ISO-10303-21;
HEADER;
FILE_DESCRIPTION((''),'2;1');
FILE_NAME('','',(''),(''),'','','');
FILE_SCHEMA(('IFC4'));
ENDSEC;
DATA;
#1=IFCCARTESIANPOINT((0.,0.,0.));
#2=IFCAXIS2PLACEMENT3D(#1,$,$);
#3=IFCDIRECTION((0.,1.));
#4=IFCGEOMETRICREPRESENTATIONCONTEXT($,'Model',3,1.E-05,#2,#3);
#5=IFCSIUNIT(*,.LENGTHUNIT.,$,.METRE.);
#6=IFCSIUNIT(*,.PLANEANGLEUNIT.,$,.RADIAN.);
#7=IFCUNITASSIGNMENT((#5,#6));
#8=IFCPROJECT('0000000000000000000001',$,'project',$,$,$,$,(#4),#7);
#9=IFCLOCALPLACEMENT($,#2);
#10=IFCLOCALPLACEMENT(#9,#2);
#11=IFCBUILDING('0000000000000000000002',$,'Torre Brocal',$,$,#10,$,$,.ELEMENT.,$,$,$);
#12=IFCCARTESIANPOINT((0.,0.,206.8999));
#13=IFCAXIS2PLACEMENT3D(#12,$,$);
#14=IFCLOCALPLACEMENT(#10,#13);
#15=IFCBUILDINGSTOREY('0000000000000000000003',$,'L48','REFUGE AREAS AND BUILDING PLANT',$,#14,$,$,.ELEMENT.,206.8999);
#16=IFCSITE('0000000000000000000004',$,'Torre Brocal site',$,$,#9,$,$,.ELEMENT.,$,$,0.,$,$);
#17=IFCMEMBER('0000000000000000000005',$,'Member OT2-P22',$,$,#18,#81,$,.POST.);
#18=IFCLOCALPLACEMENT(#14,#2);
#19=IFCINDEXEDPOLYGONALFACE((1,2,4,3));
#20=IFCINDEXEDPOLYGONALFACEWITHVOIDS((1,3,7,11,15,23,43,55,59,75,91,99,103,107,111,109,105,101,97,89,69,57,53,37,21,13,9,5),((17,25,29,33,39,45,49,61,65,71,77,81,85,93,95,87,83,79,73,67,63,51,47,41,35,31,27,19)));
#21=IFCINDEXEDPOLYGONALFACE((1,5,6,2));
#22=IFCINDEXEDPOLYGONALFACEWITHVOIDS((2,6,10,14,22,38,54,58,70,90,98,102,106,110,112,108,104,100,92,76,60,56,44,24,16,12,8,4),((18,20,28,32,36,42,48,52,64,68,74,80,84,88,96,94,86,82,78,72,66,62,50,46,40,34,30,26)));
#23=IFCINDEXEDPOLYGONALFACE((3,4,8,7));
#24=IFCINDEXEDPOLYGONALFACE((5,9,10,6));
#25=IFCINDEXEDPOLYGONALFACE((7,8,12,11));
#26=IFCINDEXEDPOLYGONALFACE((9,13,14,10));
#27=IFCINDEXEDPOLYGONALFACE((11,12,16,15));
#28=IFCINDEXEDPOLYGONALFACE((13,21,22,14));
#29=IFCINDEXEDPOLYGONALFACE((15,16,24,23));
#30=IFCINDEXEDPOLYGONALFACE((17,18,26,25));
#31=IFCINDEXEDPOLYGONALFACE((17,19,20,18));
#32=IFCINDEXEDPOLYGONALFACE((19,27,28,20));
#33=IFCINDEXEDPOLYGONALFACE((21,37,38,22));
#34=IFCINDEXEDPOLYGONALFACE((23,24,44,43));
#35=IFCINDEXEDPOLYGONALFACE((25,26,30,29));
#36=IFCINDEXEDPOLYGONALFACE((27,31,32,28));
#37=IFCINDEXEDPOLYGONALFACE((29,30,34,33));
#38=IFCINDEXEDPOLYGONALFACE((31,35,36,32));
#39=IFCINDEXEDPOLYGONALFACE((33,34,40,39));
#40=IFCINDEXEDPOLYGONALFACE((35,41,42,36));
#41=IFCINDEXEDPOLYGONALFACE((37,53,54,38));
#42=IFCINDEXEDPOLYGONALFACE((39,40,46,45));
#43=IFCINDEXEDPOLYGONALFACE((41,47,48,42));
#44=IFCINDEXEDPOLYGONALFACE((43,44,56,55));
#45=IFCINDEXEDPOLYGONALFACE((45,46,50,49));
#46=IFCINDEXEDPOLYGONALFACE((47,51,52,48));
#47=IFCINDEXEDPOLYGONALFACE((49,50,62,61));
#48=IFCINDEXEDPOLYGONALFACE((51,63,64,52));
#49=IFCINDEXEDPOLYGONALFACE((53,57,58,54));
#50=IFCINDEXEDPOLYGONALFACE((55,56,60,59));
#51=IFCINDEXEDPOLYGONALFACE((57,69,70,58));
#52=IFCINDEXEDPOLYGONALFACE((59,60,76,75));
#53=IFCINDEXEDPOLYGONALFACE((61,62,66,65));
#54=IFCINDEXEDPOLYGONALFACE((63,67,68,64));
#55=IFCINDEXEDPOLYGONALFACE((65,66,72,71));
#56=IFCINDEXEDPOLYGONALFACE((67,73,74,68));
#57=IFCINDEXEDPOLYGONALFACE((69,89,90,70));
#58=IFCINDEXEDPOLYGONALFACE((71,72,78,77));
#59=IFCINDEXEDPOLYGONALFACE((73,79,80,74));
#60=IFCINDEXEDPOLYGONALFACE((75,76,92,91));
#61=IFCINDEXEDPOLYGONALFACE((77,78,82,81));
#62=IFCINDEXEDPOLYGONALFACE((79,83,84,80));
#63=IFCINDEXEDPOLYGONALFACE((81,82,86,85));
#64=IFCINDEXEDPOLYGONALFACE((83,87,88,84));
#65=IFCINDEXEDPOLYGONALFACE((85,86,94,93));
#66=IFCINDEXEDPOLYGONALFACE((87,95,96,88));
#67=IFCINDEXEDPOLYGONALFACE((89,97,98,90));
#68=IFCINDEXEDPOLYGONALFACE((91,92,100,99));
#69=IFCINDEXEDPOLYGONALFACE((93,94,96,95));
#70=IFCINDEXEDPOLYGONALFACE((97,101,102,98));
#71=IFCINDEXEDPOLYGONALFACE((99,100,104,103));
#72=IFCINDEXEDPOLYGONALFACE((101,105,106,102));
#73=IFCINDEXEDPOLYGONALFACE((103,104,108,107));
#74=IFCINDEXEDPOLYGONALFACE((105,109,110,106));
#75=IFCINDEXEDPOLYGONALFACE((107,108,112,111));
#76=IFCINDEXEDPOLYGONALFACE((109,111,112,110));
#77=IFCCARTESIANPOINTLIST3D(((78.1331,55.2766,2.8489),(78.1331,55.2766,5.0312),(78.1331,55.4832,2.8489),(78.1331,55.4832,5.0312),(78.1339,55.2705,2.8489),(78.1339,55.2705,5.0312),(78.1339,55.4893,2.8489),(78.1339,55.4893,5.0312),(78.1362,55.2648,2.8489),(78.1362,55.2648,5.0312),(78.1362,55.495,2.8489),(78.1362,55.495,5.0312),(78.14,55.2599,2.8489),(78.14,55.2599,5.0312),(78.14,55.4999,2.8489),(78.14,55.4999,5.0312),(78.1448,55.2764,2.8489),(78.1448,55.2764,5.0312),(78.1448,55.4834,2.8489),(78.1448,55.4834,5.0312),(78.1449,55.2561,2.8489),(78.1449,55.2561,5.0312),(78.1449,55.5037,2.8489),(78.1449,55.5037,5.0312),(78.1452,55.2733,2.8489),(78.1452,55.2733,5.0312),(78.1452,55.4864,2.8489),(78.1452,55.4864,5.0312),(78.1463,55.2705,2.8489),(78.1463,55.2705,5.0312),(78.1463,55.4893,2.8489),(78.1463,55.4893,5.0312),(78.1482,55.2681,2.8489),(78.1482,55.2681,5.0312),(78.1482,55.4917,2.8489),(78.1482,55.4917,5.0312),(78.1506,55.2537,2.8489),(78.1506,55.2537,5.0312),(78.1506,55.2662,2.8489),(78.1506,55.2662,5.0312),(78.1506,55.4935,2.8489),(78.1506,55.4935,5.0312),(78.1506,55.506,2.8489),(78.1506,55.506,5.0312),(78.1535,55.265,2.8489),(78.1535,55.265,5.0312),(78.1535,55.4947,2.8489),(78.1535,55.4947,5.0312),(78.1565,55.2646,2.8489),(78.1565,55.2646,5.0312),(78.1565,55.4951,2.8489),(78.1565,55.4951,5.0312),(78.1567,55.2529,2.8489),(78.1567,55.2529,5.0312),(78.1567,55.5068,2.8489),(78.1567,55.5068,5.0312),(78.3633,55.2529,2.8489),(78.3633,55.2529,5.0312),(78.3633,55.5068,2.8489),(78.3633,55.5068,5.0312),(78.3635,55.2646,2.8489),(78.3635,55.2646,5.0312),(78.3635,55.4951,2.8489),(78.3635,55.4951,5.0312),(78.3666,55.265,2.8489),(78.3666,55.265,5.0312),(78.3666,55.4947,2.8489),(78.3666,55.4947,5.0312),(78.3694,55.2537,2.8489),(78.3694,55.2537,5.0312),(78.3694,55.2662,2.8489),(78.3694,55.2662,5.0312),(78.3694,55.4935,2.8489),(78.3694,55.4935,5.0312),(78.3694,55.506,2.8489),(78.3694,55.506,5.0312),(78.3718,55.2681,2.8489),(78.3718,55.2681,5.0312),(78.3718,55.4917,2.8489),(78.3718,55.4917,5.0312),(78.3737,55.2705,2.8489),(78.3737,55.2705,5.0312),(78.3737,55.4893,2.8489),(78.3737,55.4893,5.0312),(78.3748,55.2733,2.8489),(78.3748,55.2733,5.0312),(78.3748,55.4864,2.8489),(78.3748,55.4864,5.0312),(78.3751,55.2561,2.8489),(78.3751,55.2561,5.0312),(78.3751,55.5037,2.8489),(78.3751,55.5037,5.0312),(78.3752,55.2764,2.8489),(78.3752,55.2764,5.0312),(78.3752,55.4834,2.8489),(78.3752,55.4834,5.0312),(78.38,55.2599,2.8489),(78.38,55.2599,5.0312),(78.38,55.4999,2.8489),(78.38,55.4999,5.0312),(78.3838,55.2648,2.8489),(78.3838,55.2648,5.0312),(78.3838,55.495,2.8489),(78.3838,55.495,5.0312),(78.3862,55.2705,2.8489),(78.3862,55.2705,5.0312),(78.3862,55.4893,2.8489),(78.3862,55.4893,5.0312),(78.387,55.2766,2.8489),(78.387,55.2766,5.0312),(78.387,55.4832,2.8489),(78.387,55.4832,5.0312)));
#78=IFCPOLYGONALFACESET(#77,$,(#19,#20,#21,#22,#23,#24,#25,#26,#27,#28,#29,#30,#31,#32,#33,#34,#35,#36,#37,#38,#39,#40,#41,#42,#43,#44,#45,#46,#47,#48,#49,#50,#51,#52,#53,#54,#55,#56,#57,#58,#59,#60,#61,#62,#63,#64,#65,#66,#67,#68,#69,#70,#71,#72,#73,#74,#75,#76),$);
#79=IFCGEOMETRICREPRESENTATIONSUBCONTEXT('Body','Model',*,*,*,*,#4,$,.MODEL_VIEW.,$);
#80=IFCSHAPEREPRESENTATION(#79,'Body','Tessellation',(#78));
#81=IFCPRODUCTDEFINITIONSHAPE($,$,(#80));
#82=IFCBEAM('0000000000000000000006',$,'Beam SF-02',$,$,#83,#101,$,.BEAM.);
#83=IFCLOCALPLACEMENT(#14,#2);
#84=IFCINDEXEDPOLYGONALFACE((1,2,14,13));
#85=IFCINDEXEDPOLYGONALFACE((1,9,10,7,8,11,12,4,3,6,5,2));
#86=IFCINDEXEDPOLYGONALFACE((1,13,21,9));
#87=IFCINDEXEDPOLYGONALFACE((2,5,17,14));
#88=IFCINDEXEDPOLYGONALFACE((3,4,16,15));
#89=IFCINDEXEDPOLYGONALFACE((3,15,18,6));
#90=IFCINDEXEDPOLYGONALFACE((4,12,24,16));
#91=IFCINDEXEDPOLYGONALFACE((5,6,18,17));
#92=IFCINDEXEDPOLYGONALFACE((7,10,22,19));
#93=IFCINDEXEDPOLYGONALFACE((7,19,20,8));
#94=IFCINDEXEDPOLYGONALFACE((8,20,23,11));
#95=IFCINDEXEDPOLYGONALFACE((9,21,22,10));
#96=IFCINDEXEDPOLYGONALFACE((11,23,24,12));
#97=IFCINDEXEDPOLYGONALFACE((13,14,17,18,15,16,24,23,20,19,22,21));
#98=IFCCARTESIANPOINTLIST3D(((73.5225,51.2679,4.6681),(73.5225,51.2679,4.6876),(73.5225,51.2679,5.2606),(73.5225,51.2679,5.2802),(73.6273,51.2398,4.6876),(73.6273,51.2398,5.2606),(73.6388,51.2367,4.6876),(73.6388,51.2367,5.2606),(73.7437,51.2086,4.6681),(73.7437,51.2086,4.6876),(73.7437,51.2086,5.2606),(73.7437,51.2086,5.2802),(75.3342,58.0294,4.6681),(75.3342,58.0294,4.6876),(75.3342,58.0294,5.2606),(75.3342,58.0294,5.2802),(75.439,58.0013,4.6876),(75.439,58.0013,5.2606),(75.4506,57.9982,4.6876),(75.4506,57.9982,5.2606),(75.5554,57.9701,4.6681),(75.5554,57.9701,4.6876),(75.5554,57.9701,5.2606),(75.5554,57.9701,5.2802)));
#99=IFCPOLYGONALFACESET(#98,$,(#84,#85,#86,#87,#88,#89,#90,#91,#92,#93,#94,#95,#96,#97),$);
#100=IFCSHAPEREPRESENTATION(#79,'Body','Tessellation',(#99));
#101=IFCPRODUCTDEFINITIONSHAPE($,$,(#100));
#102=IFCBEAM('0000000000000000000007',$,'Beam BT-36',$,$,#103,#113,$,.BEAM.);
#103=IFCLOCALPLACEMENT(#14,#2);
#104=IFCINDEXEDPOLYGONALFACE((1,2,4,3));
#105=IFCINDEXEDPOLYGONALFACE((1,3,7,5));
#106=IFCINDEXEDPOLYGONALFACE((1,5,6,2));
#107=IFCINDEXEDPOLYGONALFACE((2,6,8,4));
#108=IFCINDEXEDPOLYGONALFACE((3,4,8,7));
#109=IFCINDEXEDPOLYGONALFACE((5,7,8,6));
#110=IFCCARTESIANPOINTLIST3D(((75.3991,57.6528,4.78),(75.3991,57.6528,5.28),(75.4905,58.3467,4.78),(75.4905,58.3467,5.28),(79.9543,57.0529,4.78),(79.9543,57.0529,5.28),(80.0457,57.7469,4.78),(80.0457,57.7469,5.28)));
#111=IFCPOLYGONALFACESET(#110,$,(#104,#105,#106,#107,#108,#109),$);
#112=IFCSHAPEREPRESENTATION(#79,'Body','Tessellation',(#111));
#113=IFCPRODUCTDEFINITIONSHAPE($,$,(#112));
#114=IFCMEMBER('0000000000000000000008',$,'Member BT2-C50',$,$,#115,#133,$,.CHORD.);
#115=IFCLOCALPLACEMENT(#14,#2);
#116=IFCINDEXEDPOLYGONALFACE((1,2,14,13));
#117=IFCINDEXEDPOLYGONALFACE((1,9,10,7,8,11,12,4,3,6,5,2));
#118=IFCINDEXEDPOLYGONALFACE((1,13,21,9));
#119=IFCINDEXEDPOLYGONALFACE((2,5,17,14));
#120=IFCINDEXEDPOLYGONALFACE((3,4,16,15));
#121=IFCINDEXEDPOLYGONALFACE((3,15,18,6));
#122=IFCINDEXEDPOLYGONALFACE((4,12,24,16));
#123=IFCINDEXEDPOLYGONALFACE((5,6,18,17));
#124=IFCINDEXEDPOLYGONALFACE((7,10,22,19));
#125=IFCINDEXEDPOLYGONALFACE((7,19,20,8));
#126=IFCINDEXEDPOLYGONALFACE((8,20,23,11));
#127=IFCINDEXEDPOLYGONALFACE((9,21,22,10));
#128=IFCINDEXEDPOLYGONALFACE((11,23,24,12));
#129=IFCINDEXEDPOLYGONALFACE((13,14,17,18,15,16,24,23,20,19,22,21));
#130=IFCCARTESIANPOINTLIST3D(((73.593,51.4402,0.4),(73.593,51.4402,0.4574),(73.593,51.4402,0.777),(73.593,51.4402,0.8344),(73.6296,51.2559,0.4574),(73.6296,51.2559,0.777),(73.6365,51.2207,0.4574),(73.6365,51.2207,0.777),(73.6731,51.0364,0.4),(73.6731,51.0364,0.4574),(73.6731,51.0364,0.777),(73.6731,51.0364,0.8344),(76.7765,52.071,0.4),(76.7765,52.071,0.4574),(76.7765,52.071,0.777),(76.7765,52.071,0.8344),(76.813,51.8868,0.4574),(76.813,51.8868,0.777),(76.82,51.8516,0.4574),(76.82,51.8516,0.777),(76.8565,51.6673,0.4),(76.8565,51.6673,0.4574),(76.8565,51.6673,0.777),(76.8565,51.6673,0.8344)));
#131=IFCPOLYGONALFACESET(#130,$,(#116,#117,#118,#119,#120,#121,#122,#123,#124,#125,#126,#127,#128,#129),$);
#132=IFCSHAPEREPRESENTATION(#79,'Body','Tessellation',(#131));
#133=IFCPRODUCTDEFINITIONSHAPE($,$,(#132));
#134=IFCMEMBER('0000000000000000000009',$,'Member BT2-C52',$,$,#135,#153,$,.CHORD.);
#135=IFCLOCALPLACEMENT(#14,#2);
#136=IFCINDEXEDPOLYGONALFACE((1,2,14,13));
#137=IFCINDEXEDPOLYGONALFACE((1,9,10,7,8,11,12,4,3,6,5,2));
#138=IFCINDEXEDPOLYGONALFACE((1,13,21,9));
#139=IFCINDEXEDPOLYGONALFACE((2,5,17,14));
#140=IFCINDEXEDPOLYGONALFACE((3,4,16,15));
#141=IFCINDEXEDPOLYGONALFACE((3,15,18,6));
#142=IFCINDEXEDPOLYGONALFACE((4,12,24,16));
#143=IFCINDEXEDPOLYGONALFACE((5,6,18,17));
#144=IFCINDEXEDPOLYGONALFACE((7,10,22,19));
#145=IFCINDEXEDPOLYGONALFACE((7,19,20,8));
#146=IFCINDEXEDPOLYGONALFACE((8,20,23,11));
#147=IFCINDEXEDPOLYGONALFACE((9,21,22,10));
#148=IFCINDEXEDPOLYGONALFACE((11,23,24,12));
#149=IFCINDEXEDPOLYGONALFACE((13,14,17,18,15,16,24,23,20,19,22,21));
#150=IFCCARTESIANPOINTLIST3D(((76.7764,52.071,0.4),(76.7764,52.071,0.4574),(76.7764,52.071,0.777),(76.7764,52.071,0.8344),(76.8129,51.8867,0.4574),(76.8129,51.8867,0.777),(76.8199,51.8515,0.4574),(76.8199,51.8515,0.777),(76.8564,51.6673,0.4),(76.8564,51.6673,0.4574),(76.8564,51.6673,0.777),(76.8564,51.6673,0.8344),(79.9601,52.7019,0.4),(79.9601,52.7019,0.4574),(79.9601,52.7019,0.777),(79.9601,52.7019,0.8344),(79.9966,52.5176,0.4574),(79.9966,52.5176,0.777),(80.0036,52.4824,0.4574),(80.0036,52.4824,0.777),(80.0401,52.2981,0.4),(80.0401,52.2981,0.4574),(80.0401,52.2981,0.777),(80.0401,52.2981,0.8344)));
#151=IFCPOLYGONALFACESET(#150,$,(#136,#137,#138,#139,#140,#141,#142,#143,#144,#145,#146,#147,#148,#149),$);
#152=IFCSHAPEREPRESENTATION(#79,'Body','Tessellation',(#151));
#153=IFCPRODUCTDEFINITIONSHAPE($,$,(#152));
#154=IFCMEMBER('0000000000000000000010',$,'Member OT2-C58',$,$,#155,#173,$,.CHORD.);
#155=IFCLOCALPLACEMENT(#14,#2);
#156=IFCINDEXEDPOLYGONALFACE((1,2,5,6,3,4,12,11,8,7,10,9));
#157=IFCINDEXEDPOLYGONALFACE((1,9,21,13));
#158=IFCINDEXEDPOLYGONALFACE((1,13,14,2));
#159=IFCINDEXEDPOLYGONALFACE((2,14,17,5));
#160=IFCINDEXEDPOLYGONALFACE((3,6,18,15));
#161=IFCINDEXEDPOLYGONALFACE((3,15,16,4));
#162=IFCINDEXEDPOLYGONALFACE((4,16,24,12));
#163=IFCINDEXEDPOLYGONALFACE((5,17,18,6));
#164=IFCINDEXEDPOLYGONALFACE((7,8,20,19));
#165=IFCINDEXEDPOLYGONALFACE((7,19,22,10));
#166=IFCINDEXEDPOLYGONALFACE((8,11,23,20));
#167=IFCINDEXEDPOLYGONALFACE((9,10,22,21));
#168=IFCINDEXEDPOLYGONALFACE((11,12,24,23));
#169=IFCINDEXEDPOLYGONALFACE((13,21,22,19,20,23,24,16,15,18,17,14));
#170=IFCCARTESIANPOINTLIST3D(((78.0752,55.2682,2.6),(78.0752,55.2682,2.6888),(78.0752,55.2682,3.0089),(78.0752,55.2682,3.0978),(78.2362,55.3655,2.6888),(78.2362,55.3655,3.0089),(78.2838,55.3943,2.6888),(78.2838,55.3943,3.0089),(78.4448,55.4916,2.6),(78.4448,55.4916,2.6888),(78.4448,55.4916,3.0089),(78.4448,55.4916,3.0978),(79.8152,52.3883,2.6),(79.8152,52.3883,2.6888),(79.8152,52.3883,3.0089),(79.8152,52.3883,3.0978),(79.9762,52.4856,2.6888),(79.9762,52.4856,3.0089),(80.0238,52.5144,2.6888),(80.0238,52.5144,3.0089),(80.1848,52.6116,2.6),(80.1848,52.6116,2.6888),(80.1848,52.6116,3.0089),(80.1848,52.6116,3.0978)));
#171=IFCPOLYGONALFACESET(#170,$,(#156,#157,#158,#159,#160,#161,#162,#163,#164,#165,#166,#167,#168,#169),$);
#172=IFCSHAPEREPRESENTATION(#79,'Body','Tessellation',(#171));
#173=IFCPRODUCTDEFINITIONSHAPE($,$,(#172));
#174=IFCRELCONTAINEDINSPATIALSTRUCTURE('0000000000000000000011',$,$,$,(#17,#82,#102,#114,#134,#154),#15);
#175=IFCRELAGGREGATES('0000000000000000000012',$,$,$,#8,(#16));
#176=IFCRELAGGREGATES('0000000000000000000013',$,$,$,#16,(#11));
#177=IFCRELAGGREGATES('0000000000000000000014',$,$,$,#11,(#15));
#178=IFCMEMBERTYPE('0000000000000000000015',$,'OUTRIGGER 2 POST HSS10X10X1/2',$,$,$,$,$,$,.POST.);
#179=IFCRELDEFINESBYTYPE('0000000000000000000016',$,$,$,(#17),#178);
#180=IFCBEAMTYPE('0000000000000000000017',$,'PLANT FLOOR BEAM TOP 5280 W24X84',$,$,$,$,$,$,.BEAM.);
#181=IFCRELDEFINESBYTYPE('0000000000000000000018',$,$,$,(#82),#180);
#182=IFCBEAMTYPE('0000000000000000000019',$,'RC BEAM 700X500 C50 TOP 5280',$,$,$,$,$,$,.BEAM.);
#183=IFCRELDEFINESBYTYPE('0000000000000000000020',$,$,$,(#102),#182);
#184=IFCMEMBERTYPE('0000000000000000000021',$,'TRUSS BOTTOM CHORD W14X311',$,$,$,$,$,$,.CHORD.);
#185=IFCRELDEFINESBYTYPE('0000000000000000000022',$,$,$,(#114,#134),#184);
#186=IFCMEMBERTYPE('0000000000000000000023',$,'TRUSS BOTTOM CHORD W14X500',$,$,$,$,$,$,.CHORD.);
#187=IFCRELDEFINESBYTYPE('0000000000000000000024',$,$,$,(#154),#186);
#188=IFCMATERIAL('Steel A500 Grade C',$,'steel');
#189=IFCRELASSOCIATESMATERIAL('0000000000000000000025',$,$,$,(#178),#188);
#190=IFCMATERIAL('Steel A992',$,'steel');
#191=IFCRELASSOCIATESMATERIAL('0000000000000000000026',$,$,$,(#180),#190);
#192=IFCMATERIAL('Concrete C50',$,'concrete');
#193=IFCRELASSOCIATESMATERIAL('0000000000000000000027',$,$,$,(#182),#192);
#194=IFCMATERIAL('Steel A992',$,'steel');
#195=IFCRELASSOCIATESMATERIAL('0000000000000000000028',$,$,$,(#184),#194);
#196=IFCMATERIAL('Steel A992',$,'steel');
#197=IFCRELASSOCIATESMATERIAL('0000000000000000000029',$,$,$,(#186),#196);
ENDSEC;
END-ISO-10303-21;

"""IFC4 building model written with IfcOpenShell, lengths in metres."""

from ifc_helpers import new_model, si_unit, direction, frame, origin, origin_2d, place, context, subcontext, project, spatial, rectangle, hollow_rectangle, i_section, extrude, material, material_profile, profile_set, type_object, element, save


model = new_model("IFC4")

# Units and contexts
model_context = context("Model", 3, precision=1e-05, world=origin(), true_north=direction((0.0, 1.0)))
body_context = subcontext(model_context, "Body", "Model", "MODEL_VIEW")
ifc_project = project(units=[si_unit("LENGTHUNIT", "METRE"), si_unit("PLANEANGLEUNIT", "RADIAN")], contexts=[model_context])

# Site, building, storey
site_placement = place(None, origin())
site = spatial("IfcSite", under=ifc_project, at=site_placement, Name="Torre Brocal site", CompositionType="ELEMENT", RefElevation=0.0)
building_placement = place(site_placement, origin())
building = spatial("IfcBuilding", under=site, at=building_placement, Name="Torre Brocal", CompositionType="ELEMENT")
storey_placement = place(building_placement, frame((0.0, 0.0, 206.8999)))
storey = spatial("IfcBuildingStorey", under=building, at=storey_placement, Name="L48", Description="REFUGE AREAS AND BUILDING PLANT", CompositionType="ELEMENT", Elevation=206.8999)

# Member
ifc_material_1 = material(Name="Steel A500 Grade C", Category="steel")
ifc_material_profile_1 = material_profile(ifc_material_1, hollow_rectangle(XDim=0.2539, YDim=0.2539, WallThickness=0.0117, InnerFilletRadius=0.0117, OuterFilletRadius=0.0237, at=origin_2d()), Name="HSS10X10X1/2")
ifc_profile_set_1 = profile_set([ifc_material_profile_1], Name="Steel A500 Grade C")
member_type_1 = type_object("IfcMemberType", Name="OUTRIGGER 2 POST HSS10X10X1/2", PredefinedType="POST", material=ifc_profile_set_1)
member_1_placement = place(storey_placement, frame((78.26, 55.3799, 2.8489), z_axis=(0.0, 0.0, 1.0), x_axis=(1.0, 0.0, 0.0)))
element("IfcMember", 1, at=member_1_placement, inside=storey, type_object=member_type_1, Name="Member OT2-P22", PredefinedType="POST", context=body_context, shape_type="SweptSolid", body=[
    extrude(hollow_rectangle(XDim=0.2539, YDim=0.2539, WallThickness=0.0117, InnerFilletRadius=0.0117, OuterFilletRadius=0.0237, at=origin_2d()), origin(), (0.0, 0.0, 1.0), 2.1824),
])

# Beams
ifc_material_2 = material(Name="Steel A992", Category="steel")
ifc_material_profile_2 = material_profile(ifc_material_2, i_section(OverallWidth=0.229, OverallDepth=0.6121, WebThickness=0.012, FlangeThickness=0.0195, at=origin_2d()), Name="W24X84")
ifc_profile_set_2 = profile_set([ifc_material_profile_2], Name="Steel A992")
beam_type_1 = type_object("IfcBeamType", Name="PLANT FLOOR BEAM TOP 5280 W24X84", PredefinedType="BEAM", material=ifc_profile_set_2)
beam_1_placement = place(storey_placement, frame((75.4448, 57.9998, 4.9741), z_axis=(-0.258824, -0.965925, 0.0), x_axis=(0.965925, -0.258824, 0.0)))
element("IfcBeam", 2, at=beam_1_placement, inside=storey, type_object=beam_type_1, Name="Beam SF-02", PredefinedType="BEAM", context=body_context, shape_type="SweptSolid", body=[
    extrude(i_section(OverallWidth=0.229, OverallDepth=0.6121, WebThickness=0.012, FlangeThickness=0.0195, at=origin_2d()), origin(), (0.0, 0.0, 1.0), 7.0),
])
ifc_material_3 = material(Name="Concrete C50", Category="concrete")
ifc_material_profile_3 = material_profile(ifc_material_3, rectangle(XDim=0.7, YDim=0.5, at=origin_2d()), Name="RC 700X500")
ifc_profile_set_3 = profile_set([ifc_material_profile_3], Name="Concrete C50")
beam_type_2 = type_object("IfcBeamType", Name="RC BEAM 700X500 C50 TOP 5280", PredefinedType="BEAM", material=ifc_profile_set_3)
beam_2_placement = place(storey_placement, frame((75.4448, 57.9998, 5.03), z_axis=(0.991441, -0.130559, 0.0), x_axis=(0.130559, 0.991441, 0.0)))
element("IfcBeam", 3, at=beam_2_placement, inside=storey, type_object=beam_type_2, Name="Beam BT-36", PredefinedType="BEAM", context=body_context, shape_type="SweptSolid", body=[
    extrude(rectangle(XDim=0.7, YDim=0.5, at=origin_2d()), origin(), (0.0, 0.0, 1.0), 4.5945),
])

# Members
ifc_material_4 = material(Name="Steel A992", Category="steel")
ifc_material_profile_4 = material_profile(ifc_material_4, i_section(OverallWidth=0.4116, OverallDepth=0.4343, WebThickness=0.0359, FlangeThickness=0.0574, at=origin_2d()), Name="W14X311")
ifc_profile_set_4 = profile_set([ifc_material_profile_4], Name="Steel A992")
member_type_2 = type_object("IfcMemberType", Name="TRUSS BOTTOM CHORD W14X311", PredefinedType="CHORD", material=ifc_profile_set_4)
member_2_placement = place(storey_placement, frame((73.6331, 51.2383, 0.6172), z_axis=(0.980923, 0.194394, 0.0), x_axis=(-0.194394, 0.980923, 0.0)))
element("IfcMember", 4, at=member_2_placement, inside=storey, type_object=member_type_2, Name="Member BT2-C50", PredefinedType="CHORD", context=body_context, shape_type="SweptSolid", body=[
    extrude(i_section(OverallWidth=0.4116, OverallDepth=0.4343, WebThickness=0.0359, FlangeThickness=0.0574, at=origin_2d()), origin(), (0.0, 0.0, 1.0), 3.2454),
])
member_3_placement = place(storey_placement, frame((76.8164, 51.8691, 0.6172), z_axis=(0.980926, 0.19438, 0.0), x_axis=(-0.19438, 0.980926, 0.0)))
element("IfcMember", 5, at=member_3_placement, inside=storey, type_object=member_type_2, Name="Member BT2-C52", PredefinedType="CHORD", context=body_context, shape_type="SweptSolid", body=[
    extrude(i_section(OverallWidth=0.4116, OverallDepth=0.4343, WebThickness=0.0359, FlangeThickness=0.0574, at=origin_2d()), origin(), (0.0, 0.0, 1.0), 3.2456),
])
ifc_material_5 = material(Name="Steel A992", Category="steel")
ifc_material_profile_5 = material_profile(ifc_material_5, i_section(OverallWidth=0.4319, OverallDepth=0.4978, WebThickness=0.0557, FlangeThickness=0.0889, at=origin_2d()), Name="W14X500")
ifc_profile_set_5 = profile_set([ifc_material_profile_5], Name="Steel A992")
member_type_3 = type_object("IfcMemberType", Name="TRUSS BOTTOM CHORD W14X500", PredefinedType="CHORD", material=ifc_profile_set_5)
member_4_placement = place(storey_placement, frame((78.26, 55.3799, 2.8489), z_axis=(0.517129, -0.855908, 0.0), x_axis=(0.855908, 0.517129, 0.0)))
element("IfcMember", 6, at=member_4_placement, inside=storey, type_object=member_type_3, Name="Member OT2-C58", PredefinedType="CHORD", context=body_context, shape_type="SweptSolid", body=[
    extrude(i_section(OverallWidth=0.4319, OverallDepth=0.4978, WebThickness=0.0557, FlangeThickness=0.0889, at=origin_2d()), origin(), (0.0, 0.0, 1.0), 3.3647),
])

save(model, "model.ifc")
